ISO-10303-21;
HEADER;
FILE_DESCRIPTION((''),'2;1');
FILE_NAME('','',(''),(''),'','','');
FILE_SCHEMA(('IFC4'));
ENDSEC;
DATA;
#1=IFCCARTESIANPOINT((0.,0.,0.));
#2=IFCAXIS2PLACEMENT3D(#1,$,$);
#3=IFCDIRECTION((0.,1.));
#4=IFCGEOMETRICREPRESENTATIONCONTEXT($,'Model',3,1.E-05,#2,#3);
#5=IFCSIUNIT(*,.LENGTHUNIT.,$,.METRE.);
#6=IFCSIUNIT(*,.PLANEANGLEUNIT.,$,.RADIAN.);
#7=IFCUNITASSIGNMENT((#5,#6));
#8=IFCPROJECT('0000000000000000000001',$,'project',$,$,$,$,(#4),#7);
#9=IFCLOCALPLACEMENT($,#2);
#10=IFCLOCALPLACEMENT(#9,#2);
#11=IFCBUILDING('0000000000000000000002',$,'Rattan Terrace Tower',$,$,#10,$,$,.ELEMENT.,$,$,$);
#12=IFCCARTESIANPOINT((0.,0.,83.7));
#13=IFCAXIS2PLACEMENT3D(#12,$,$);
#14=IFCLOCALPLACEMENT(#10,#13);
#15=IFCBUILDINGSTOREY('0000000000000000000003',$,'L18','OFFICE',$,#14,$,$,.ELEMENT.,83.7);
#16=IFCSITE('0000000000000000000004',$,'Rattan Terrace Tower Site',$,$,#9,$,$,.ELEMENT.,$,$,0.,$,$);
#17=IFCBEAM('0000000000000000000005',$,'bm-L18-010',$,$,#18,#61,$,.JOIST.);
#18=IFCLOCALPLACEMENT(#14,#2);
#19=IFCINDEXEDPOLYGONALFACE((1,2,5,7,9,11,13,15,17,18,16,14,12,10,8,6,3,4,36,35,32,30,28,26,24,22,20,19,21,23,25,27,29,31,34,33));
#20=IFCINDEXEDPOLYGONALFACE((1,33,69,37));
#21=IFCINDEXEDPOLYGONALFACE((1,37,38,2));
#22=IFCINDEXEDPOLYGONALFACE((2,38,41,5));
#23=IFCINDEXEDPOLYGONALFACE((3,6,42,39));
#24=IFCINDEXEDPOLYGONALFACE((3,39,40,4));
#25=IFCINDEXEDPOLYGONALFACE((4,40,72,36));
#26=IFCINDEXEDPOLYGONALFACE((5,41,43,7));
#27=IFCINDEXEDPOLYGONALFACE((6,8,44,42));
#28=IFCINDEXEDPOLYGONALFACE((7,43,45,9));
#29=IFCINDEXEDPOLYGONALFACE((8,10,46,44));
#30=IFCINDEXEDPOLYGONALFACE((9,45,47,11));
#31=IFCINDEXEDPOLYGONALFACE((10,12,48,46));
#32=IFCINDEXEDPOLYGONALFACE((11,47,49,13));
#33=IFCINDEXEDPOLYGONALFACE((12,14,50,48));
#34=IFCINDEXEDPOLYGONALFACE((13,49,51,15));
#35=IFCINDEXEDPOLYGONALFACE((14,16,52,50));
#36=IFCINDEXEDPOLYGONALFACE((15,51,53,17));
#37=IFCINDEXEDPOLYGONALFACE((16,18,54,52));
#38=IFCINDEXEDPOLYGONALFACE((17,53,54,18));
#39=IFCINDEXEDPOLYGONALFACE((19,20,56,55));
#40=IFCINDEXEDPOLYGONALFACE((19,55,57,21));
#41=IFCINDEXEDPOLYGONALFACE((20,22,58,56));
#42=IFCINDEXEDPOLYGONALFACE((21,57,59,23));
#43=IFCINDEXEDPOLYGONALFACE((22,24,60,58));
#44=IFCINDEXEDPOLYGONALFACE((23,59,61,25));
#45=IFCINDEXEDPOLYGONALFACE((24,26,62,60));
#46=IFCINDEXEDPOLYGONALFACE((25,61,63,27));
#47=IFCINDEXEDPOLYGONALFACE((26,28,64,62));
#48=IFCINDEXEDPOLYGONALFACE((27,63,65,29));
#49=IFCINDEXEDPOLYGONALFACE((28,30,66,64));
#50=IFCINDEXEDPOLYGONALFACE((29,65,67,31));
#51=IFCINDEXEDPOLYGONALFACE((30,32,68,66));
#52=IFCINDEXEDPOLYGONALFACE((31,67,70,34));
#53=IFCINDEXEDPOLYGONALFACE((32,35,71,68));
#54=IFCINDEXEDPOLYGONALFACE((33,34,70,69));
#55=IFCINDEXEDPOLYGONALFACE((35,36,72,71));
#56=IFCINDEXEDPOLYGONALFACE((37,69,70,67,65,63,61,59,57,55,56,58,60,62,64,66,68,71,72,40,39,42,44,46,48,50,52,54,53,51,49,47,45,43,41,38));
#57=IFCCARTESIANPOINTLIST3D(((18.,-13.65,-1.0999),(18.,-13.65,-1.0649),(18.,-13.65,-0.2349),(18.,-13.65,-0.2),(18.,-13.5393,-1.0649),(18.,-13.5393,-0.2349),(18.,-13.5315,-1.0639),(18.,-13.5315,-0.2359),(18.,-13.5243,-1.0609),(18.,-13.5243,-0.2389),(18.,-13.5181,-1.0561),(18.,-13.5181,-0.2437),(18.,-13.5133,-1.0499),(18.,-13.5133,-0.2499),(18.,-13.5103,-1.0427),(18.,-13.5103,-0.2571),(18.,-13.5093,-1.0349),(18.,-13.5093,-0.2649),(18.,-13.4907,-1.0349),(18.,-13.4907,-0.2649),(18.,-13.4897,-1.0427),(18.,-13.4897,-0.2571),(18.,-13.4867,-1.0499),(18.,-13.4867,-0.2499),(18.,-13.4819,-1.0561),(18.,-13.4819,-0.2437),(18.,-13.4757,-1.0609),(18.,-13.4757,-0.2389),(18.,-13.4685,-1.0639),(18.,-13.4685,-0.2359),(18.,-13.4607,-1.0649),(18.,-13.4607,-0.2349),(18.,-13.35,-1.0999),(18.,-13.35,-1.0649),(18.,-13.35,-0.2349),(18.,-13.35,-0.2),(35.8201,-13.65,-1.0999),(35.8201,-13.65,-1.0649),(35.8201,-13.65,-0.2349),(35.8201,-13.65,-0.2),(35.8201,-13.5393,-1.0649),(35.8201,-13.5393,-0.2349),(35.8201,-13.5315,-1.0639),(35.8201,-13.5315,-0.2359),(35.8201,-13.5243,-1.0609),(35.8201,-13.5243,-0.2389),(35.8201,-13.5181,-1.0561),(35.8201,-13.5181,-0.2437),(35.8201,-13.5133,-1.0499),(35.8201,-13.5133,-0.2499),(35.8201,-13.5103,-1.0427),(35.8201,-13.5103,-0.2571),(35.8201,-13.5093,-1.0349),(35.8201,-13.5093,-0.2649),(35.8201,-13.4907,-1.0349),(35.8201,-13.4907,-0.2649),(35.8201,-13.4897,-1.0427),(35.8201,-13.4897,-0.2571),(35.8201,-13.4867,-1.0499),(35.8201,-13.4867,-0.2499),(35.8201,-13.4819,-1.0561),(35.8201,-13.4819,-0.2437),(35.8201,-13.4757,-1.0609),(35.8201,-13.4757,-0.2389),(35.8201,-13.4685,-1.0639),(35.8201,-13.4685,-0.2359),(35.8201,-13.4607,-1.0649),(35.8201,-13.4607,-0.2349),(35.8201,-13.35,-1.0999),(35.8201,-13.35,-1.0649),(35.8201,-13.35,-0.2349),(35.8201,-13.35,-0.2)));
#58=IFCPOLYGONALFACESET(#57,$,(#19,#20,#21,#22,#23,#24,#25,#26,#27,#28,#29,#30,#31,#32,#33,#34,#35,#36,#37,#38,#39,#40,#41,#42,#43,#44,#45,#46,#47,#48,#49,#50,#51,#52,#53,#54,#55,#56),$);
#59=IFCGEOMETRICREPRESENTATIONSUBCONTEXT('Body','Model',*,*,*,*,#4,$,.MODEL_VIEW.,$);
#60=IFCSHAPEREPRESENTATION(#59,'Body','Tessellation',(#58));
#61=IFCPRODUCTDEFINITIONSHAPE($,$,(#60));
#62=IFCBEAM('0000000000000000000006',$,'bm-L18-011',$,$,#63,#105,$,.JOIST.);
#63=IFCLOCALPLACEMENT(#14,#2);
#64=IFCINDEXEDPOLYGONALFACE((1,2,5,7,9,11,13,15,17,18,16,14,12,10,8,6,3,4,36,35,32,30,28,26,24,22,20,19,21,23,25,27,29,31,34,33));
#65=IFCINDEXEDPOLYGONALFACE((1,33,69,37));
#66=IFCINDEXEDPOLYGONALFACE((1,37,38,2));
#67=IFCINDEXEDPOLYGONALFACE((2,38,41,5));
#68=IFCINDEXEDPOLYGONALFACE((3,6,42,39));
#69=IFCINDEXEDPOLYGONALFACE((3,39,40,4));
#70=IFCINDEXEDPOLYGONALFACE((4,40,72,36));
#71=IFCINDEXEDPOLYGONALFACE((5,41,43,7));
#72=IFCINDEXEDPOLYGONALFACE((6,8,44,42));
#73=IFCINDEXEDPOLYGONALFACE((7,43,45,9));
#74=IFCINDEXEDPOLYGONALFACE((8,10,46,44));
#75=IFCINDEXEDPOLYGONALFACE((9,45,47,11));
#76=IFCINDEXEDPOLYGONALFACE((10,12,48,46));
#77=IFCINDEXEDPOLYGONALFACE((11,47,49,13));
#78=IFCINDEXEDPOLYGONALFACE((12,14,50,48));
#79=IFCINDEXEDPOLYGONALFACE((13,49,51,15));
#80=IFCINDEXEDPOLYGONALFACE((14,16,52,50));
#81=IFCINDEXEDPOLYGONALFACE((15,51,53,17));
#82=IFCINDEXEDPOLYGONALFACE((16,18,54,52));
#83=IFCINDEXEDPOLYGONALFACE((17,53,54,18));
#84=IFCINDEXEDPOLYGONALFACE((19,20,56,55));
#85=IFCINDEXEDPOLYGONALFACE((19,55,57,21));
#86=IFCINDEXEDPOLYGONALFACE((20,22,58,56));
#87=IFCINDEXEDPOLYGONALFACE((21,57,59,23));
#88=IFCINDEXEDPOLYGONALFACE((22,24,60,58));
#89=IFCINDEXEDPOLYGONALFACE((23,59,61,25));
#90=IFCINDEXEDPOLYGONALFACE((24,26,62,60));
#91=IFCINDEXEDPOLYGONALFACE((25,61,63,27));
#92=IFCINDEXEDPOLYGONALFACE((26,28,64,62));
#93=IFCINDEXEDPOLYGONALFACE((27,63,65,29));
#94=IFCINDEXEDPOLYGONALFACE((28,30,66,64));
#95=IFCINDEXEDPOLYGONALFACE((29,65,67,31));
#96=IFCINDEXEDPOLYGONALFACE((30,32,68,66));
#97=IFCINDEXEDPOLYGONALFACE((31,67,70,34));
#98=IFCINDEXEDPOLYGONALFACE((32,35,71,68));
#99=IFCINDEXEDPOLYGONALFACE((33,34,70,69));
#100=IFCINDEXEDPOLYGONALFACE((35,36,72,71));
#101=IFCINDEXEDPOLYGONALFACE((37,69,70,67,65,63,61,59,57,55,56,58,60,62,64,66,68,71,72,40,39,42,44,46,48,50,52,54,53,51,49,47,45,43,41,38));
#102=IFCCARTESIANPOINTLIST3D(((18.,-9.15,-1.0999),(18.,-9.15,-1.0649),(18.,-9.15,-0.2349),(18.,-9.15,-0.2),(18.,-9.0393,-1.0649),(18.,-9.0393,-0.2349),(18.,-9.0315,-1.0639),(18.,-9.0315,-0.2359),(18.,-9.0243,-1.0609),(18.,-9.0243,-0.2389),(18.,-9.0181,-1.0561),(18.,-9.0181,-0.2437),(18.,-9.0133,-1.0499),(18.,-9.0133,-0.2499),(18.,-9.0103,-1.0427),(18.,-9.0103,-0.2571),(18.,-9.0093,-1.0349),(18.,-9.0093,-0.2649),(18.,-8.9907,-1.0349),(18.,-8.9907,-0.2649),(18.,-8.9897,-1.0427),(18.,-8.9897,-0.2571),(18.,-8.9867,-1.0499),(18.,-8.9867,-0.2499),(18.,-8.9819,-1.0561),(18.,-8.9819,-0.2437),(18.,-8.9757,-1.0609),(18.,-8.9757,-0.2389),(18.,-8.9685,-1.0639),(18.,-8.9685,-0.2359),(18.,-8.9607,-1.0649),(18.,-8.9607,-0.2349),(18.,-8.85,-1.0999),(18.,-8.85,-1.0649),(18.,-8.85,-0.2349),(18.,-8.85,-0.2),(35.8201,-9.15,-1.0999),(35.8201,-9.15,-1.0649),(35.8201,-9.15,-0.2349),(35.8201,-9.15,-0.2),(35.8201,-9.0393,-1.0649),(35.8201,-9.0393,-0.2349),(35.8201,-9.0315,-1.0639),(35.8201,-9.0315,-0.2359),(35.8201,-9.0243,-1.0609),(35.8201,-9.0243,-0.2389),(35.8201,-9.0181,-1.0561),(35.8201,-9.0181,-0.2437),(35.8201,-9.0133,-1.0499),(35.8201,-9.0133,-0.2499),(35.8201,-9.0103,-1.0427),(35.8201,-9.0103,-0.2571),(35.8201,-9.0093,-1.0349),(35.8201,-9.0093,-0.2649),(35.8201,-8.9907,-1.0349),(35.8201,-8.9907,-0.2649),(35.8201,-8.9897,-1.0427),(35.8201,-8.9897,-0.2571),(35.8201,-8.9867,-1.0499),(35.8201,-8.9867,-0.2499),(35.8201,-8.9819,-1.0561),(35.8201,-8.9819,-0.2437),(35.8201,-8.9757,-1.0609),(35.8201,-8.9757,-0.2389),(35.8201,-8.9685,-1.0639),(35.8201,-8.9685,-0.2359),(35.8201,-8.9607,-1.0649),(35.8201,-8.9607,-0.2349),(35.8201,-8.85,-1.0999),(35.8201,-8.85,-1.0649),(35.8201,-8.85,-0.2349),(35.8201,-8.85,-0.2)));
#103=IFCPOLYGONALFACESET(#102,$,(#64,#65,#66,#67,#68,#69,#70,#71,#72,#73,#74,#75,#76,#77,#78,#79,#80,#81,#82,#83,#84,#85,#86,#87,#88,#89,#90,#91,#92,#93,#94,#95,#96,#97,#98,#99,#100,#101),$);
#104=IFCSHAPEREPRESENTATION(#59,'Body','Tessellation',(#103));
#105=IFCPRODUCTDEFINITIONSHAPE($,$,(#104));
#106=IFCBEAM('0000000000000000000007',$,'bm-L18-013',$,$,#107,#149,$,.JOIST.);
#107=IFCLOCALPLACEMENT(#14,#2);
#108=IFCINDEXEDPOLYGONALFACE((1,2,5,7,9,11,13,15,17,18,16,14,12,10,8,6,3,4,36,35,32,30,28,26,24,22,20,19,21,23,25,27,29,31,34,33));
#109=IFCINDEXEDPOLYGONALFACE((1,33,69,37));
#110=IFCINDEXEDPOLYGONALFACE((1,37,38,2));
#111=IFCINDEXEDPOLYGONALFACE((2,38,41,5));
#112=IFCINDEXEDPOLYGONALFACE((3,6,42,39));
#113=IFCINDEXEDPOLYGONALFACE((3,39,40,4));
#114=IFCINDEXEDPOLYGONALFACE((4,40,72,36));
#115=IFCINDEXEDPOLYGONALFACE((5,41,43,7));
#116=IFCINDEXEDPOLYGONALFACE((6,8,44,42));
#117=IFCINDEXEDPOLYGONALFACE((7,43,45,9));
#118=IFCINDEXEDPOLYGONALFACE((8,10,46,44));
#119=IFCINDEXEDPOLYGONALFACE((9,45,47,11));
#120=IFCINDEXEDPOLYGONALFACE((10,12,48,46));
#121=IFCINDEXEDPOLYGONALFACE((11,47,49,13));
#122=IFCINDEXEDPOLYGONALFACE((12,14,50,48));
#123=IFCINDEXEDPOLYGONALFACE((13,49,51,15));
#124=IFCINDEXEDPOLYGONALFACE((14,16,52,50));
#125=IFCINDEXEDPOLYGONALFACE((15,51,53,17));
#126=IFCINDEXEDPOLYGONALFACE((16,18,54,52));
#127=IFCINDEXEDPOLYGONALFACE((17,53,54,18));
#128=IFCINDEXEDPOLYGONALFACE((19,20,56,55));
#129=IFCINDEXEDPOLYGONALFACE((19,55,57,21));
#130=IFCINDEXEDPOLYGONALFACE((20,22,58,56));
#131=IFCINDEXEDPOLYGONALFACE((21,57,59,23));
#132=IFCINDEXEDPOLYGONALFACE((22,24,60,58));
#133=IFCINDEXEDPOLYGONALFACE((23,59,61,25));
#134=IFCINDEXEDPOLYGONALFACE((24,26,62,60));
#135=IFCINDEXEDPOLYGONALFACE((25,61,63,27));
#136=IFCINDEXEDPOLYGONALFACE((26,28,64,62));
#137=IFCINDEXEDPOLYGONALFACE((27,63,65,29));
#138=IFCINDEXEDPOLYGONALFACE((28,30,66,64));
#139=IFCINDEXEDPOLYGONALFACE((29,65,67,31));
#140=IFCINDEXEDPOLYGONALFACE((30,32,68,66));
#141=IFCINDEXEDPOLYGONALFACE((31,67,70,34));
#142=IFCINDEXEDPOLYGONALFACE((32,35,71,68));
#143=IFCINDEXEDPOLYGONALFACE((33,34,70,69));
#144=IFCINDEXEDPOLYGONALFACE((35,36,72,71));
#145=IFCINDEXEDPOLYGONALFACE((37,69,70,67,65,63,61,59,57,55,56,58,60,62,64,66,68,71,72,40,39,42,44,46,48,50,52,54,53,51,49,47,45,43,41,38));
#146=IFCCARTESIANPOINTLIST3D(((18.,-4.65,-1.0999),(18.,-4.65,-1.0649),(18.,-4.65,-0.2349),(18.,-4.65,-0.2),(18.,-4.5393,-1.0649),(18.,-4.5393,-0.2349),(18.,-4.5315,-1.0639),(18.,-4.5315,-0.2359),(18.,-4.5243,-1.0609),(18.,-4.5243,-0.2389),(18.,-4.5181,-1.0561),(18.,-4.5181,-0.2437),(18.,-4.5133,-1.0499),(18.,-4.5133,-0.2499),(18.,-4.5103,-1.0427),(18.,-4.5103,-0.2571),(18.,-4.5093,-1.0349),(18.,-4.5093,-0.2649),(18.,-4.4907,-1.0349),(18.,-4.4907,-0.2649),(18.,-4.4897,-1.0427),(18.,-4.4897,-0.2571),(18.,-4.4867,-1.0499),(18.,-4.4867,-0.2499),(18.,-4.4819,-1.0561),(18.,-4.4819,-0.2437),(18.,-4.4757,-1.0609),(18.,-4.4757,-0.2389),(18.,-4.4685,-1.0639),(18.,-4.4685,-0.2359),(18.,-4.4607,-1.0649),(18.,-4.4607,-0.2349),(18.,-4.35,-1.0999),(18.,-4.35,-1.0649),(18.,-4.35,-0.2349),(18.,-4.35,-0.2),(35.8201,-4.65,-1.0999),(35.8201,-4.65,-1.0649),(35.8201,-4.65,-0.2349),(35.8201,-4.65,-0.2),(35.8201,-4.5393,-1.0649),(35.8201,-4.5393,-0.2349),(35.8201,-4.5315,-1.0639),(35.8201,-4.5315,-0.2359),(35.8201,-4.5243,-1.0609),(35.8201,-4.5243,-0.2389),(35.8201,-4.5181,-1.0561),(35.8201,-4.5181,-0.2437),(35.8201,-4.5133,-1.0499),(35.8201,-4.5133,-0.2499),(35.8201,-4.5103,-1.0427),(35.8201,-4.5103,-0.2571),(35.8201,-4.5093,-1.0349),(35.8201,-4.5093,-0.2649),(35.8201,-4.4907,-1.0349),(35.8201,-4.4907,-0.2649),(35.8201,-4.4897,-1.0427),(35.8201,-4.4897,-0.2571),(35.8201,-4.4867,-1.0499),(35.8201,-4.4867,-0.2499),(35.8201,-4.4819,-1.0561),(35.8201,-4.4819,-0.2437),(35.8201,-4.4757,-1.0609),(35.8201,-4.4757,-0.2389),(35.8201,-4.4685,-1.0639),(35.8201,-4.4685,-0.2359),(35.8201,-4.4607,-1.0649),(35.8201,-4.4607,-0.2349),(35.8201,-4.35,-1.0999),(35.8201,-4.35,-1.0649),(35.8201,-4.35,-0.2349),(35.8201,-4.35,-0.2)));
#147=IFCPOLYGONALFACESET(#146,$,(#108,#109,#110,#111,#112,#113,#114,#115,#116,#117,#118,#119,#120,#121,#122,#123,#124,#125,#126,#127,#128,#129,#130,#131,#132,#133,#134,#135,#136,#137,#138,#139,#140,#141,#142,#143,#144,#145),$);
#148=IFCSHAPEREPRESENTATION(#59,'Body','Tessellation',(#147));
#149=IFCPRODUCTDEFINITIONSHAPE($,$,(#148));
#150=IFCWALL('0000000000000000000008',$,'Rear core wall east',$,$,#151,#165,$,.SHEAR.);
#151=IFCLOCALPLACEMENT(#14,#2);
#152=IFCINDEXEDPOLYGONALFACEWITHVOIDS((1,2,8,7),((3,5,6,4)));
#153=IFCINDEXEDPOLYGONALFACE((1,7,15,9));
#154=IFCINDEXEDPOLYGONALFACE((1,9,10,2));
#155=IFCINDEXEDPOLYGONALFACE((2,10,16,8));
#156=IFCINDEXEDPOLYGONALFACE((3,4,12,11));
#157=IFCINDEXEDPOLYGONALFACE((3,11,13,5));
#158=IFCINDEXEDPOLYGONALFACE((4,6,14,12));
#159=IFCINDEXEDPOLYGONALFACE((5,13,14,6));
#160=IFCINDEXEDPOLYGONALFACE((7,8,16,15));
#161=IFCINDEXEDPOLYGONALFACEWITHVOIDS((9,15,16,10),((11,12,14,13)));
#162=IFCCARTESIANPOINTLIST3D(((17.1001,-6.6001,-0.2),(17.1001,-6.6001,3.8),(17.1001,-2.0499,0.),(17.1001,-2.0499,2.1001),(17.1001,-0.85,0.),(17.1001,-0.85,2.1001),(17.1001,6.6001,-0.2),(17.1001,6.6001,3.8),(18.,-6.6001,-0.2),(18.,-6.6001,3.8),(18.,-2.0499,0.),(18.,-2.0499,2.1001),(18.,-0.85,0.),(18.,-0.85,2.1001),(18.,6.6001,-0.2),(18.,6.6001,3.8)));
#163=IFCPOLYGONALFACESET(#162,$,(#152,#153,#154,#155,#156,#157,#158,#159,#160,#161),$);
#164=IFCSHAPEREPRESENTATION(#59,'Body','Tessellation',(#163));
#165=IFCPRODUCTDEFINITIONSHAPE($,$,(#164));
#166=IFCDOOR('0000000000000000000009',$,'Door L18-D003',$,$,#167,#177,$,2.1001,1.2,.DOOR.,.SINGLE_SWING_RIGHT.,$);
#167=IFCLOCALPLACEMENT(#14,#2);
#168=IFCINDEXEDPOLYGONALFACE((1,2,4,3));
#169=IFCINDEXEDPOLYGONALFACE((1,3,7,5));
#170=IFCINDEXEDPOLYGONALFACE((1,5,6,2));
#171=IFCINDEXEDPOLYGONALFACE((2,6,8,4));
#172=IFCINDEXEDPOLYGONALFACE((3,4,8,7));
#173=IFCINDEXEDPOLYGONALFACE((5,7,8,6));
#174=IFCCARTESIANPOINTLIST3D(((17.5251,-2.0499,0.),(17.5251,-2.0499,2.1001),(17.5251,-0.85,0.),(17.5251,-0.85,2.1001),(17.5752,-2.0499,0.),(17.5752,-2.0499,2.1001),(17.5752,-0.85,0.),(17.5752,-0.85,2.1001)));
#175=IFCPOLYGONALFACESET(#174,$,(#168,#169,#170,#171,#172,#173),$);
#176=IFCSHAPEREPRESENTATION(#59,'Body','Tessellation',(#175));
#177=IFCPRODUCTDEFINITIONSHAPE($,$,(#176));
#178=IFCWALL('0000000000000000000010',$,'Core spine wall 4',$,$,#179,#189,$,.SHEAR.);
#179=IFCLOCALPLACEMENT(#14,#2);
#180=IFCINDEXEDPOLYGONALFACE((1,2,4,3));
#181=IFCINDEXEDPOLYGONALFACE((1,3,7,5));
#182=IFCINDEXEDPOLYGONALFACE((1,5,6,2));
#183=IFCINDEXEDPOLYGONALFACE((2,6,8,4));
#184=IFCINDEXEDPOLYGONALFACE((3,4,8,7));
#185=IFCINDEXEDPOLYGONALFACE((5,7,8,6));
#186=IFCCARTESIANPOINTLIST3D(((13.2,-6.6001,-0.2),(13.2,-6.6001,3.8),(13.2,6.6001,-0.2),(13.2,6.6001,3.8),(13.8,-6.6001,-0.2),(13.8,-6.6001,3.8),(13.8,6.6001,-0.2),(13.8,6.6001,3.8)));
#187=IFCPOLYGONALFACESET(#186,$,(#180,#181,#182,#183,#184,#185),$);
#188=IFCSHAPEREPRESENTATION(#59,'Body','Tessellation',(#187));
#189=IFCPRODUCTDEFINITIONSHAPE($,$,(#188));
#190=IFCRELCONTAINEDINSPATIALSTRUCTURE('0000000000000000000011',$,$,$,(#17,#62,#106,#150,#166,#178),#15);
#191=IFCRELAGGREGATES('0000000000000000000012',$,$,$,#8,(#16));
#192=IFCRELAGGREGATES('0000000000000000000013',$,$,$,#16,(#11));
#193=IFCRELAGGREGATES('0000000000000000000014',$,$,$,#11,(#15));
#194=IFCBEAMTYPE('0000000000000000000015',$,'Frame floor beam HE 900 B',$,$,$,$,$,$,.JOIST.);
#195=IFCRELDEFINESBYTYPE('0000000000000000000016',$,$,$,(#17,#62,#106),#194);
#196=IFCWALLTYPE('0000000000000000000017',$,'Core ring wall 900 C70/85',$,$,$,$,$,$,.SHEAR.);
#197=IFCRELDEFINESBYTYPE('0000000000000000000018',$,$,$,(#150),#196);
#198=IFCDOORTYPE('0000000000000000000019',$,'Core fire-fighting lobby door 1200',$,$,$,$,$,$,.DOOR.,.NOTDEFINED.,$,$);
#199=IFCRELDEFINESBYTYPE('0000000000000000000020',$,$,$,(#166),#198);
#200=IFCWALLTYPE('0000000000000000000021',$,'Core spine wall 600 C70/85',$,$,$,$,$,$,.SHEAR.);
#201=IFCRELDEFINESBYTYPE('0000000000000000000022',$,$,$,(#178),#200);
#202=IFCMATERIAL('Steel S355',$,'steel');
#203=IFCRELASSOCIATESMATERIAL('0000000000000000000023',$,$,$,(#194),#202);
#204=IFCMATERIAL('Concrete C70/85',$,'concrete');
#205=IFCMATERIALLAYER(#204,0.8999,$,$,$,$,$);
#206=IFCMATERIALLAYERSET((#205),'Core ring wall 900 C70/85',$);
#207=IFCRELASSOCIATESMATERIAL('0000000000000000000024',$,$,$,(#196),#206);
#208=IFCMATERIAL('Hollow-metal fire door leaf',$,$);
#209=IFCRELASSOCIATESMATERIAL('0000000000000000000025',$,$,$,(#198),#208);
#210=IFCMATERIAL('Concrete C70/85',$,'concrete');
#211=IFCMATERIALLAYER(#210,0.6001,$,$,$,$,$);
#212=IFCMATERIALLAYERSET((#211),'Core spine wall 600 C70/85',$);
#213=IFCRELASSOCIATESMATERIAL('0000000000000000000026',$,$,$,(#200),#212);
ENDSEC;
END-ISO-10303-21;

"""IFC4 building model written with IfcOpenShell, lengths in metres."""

from ifc_helpers import new_model, si_unit, direction, frame, frame_2d, origin, origin_2d, place, context, subcontext, project, spatial, rectangle, i_section, extrude, material, layer, layer_set, material_profile, profile_set, type_object, element, fill, save


model = new_model("IFC4")

# Units and contexts
model_context = context("Model", 3, precision=1e-05, world=origin(), true_north=direction((0.0, 1.0)))
body_context = subcontext(model_context, "Body", "Model", "MODEL_VIEW")
ifc_project = project(units=[si_unit("LENGTHUNIT", "METRE"), si_unit("PLANEANGLEUNIT", "RADIAN")], contexts=[model_context])

# Site, building, storey
site_placement = place(None, origin())
site = spatial("IfcSite", under=ifc_project, at=site_placement, Name="Rattan Terrace Tower Site", CompositionType="ELEMENT", RefElevation=0.0)
building_placement = place(site_placement, origin())
building = spatial("IfcBuilding", under=site, at=building_placement, Name="Rattan Terrace Tower", CompositionType="ELEMENT")
storey_placement = place(building_placement, frame((0.0, 0.0, 83.7)))
storey = spatial("IfcBuildingStorey", under=building, at=storey_placement, Name="L18", Description="OFFICE", CompositionType="ELEMENT", Elevation=83.7)

# Beams
ifc_material_1 = material(Name="Steel S355", Category="steel")
ifc_material_profile = material_profile(ifc_material_1, i_section(OverallWidth=0.3, OverallDepth=0.8999, WebThickness=0.0186, FlangeThickness=0.0349, FilletRadius=0.03, at=origin_2d()), Name="HE 900 B")
ifc_profile_set = profile_set([ifc_material_profile], Name="Steel S355")
beam_type = type_object("IfcBeamType", Name="Frame floor beam HE 900 B", PredefinedType="JOIST", material=ifc_profile_set)
for number, where, z_axis, x_axis, name in (
    (1, (18.0, -13.5, -0.6499), (1.0, 0.0, 0.0), (0.0, 1.0, 0.0), "bm-L18-010"),
    (2, (18.0, -9.0, -0.6499), (1.0, 0.0, 0.0), (0.0, 1.0, 0.0), "bm-L18-011"),
    (3, (18.0, -4.5, -0.6499), (1.0, 0.0, 0.0), (0.0, 1.0, 0.0), "bm-L18-013"),
):
    element("IfcBeam", number, at=place(storey_placement, frame(where, z_axis=z_axis, x_axis=x_axis)), inside=storey, type_object=beam_type, Name=name, PredefinedType="JOIST", context=body_context, shape_type="SweptSolid", body=[
        extrude(i_section(OverallWidth=0.3, OverallDepth=0.8999, WebThickness=0.0186, FlangeThickness=0.0349, FilletRadius=0.03, at=origin_2d()), origin(), (0.0, 0.0, 1.0), 17.8201),
    ])

# Wall, opening, door
ifc_material_2 = material(Name="Concrete C70/85", Category="concrete")
ifc_layer_1 = layer(ifc_material_2, 0.8999)
ifc_layer_set_1 = layer_set([ifc_layer_1], Name="Core ring wall 900 C70/85")
wall_type_1 = type_object("IfcWallType", Name="Core ring wall 900 C70/85", PredefinedType="SHEAR", material=ifc_layer_set_1)
wall_1_placement = place(storey_placement, frame((17.55, -6.6001, -0.2), z_axis=(0.0, 0.0, 1.0), x_axis=(0.0, 1.0, 0.0)))
wall_1 = element("IfcWall", 4, at=wall_1_placement, inside=storey, type_object=wall_type_1, Name="Rear core wall east", PredefinedType="SHEAR", context=body_context, shape_type="SweptSolid", body=[
    extrude(rectangle(XDim=13.2002, YDim=0.8999, at=frame_2d((6.6001, 0.0))), origin(), (0.0, 0.0, 1.0), 4.0),
])
opening_1_placement = place(wall_1_placement, frame((4.55, 0.0, 0.2)))
opening_1 = element("IfcOpeningElement", 5, at=opening_1_placement, cuts=wall_1, PredefinedType="OPENING", context=body_context, shape_type="SweptSolid", body=[
    extrude(rectangle(XDim=1.2, YDim=2.1001, at=frame_2d((0.6001, 1.05))), frame((0.0, 0.4604, 0.0), z_axis=(0.0, -1.0, 0.0), x_axis=(1.0, 0.0, 0.0)), (0.0, 0.0, 1.0), 0.9209),
])
ifc_material_3 = material(Name="Hollow-metal fire door leaf")
door_type_1 = type_object("IfcDoorType", Name="Core fire-fighting lobby door 1200", OperationType="NOTDEFINED", PredefinedType="DOOR", material=ifc_material_3)
door_1_placement = place(opening_1_placement, origin())
door_1 = element("IfcDoor", 6, at=door_1_placement, inside=storey, type_object=door_type_1, Name="Door L18-D003", OperationType="SINGLE_SWING_RIGHT", OverallHeight=2.1001, OverallWidth=1.2, PredefinedType="DOOR", context=body_context, shape_type="SweptSolid", body=[
    extrude(rectangle(XDim=1.2, YDim=2.1001, at=frame_2d((0.6001, 1.05))), frame((0.0, 0.0249, 0.0), z_axis=(0.0, -1.0, 0.0), x_axis=(1.0, 0.0, 0.0)), (0.0, 0.0, 1.0), 0.05),
])
fill(opening_1, door_1)

# Wall
ifc_material_4 = material(Name="Concrete C70/85", Category="concrete")
ifc_layer_2 = layer(ifc_material_4, 0.6001)
ifc_layer_set_2 = layer_set([ifc_layer_2], Name="Core spine wall 600 C70/85")
wall_type_2 = type_object("IfcWallType", Name="Core spine wall 600 C70/85", PredefinedType="SHEAR", material=ifc_layer_set_2)
wall_2_placement = place(storey_placement, frame((13.5, -6.6001, -0.2), z_axis=(0.0, 0.0, 1.0), x_axis=(0.0, 1.0, 0.0)))
element("IfcWall", 7, at=wall_2_placement, inside=storey, type_object=wall_type_2, Name="Core spine wall 4", PredefinedType="SHEAR", context=body_context, shape_type="SweptSolid", body=[
    extrude(rectangle(XDim=13.2002, YDim=0.6001, at=frame_2d((6.6001, 0.0))), origin(), (0.0, 0.0, 1.0), 4.0),
])

save(model, "model.ifc")
